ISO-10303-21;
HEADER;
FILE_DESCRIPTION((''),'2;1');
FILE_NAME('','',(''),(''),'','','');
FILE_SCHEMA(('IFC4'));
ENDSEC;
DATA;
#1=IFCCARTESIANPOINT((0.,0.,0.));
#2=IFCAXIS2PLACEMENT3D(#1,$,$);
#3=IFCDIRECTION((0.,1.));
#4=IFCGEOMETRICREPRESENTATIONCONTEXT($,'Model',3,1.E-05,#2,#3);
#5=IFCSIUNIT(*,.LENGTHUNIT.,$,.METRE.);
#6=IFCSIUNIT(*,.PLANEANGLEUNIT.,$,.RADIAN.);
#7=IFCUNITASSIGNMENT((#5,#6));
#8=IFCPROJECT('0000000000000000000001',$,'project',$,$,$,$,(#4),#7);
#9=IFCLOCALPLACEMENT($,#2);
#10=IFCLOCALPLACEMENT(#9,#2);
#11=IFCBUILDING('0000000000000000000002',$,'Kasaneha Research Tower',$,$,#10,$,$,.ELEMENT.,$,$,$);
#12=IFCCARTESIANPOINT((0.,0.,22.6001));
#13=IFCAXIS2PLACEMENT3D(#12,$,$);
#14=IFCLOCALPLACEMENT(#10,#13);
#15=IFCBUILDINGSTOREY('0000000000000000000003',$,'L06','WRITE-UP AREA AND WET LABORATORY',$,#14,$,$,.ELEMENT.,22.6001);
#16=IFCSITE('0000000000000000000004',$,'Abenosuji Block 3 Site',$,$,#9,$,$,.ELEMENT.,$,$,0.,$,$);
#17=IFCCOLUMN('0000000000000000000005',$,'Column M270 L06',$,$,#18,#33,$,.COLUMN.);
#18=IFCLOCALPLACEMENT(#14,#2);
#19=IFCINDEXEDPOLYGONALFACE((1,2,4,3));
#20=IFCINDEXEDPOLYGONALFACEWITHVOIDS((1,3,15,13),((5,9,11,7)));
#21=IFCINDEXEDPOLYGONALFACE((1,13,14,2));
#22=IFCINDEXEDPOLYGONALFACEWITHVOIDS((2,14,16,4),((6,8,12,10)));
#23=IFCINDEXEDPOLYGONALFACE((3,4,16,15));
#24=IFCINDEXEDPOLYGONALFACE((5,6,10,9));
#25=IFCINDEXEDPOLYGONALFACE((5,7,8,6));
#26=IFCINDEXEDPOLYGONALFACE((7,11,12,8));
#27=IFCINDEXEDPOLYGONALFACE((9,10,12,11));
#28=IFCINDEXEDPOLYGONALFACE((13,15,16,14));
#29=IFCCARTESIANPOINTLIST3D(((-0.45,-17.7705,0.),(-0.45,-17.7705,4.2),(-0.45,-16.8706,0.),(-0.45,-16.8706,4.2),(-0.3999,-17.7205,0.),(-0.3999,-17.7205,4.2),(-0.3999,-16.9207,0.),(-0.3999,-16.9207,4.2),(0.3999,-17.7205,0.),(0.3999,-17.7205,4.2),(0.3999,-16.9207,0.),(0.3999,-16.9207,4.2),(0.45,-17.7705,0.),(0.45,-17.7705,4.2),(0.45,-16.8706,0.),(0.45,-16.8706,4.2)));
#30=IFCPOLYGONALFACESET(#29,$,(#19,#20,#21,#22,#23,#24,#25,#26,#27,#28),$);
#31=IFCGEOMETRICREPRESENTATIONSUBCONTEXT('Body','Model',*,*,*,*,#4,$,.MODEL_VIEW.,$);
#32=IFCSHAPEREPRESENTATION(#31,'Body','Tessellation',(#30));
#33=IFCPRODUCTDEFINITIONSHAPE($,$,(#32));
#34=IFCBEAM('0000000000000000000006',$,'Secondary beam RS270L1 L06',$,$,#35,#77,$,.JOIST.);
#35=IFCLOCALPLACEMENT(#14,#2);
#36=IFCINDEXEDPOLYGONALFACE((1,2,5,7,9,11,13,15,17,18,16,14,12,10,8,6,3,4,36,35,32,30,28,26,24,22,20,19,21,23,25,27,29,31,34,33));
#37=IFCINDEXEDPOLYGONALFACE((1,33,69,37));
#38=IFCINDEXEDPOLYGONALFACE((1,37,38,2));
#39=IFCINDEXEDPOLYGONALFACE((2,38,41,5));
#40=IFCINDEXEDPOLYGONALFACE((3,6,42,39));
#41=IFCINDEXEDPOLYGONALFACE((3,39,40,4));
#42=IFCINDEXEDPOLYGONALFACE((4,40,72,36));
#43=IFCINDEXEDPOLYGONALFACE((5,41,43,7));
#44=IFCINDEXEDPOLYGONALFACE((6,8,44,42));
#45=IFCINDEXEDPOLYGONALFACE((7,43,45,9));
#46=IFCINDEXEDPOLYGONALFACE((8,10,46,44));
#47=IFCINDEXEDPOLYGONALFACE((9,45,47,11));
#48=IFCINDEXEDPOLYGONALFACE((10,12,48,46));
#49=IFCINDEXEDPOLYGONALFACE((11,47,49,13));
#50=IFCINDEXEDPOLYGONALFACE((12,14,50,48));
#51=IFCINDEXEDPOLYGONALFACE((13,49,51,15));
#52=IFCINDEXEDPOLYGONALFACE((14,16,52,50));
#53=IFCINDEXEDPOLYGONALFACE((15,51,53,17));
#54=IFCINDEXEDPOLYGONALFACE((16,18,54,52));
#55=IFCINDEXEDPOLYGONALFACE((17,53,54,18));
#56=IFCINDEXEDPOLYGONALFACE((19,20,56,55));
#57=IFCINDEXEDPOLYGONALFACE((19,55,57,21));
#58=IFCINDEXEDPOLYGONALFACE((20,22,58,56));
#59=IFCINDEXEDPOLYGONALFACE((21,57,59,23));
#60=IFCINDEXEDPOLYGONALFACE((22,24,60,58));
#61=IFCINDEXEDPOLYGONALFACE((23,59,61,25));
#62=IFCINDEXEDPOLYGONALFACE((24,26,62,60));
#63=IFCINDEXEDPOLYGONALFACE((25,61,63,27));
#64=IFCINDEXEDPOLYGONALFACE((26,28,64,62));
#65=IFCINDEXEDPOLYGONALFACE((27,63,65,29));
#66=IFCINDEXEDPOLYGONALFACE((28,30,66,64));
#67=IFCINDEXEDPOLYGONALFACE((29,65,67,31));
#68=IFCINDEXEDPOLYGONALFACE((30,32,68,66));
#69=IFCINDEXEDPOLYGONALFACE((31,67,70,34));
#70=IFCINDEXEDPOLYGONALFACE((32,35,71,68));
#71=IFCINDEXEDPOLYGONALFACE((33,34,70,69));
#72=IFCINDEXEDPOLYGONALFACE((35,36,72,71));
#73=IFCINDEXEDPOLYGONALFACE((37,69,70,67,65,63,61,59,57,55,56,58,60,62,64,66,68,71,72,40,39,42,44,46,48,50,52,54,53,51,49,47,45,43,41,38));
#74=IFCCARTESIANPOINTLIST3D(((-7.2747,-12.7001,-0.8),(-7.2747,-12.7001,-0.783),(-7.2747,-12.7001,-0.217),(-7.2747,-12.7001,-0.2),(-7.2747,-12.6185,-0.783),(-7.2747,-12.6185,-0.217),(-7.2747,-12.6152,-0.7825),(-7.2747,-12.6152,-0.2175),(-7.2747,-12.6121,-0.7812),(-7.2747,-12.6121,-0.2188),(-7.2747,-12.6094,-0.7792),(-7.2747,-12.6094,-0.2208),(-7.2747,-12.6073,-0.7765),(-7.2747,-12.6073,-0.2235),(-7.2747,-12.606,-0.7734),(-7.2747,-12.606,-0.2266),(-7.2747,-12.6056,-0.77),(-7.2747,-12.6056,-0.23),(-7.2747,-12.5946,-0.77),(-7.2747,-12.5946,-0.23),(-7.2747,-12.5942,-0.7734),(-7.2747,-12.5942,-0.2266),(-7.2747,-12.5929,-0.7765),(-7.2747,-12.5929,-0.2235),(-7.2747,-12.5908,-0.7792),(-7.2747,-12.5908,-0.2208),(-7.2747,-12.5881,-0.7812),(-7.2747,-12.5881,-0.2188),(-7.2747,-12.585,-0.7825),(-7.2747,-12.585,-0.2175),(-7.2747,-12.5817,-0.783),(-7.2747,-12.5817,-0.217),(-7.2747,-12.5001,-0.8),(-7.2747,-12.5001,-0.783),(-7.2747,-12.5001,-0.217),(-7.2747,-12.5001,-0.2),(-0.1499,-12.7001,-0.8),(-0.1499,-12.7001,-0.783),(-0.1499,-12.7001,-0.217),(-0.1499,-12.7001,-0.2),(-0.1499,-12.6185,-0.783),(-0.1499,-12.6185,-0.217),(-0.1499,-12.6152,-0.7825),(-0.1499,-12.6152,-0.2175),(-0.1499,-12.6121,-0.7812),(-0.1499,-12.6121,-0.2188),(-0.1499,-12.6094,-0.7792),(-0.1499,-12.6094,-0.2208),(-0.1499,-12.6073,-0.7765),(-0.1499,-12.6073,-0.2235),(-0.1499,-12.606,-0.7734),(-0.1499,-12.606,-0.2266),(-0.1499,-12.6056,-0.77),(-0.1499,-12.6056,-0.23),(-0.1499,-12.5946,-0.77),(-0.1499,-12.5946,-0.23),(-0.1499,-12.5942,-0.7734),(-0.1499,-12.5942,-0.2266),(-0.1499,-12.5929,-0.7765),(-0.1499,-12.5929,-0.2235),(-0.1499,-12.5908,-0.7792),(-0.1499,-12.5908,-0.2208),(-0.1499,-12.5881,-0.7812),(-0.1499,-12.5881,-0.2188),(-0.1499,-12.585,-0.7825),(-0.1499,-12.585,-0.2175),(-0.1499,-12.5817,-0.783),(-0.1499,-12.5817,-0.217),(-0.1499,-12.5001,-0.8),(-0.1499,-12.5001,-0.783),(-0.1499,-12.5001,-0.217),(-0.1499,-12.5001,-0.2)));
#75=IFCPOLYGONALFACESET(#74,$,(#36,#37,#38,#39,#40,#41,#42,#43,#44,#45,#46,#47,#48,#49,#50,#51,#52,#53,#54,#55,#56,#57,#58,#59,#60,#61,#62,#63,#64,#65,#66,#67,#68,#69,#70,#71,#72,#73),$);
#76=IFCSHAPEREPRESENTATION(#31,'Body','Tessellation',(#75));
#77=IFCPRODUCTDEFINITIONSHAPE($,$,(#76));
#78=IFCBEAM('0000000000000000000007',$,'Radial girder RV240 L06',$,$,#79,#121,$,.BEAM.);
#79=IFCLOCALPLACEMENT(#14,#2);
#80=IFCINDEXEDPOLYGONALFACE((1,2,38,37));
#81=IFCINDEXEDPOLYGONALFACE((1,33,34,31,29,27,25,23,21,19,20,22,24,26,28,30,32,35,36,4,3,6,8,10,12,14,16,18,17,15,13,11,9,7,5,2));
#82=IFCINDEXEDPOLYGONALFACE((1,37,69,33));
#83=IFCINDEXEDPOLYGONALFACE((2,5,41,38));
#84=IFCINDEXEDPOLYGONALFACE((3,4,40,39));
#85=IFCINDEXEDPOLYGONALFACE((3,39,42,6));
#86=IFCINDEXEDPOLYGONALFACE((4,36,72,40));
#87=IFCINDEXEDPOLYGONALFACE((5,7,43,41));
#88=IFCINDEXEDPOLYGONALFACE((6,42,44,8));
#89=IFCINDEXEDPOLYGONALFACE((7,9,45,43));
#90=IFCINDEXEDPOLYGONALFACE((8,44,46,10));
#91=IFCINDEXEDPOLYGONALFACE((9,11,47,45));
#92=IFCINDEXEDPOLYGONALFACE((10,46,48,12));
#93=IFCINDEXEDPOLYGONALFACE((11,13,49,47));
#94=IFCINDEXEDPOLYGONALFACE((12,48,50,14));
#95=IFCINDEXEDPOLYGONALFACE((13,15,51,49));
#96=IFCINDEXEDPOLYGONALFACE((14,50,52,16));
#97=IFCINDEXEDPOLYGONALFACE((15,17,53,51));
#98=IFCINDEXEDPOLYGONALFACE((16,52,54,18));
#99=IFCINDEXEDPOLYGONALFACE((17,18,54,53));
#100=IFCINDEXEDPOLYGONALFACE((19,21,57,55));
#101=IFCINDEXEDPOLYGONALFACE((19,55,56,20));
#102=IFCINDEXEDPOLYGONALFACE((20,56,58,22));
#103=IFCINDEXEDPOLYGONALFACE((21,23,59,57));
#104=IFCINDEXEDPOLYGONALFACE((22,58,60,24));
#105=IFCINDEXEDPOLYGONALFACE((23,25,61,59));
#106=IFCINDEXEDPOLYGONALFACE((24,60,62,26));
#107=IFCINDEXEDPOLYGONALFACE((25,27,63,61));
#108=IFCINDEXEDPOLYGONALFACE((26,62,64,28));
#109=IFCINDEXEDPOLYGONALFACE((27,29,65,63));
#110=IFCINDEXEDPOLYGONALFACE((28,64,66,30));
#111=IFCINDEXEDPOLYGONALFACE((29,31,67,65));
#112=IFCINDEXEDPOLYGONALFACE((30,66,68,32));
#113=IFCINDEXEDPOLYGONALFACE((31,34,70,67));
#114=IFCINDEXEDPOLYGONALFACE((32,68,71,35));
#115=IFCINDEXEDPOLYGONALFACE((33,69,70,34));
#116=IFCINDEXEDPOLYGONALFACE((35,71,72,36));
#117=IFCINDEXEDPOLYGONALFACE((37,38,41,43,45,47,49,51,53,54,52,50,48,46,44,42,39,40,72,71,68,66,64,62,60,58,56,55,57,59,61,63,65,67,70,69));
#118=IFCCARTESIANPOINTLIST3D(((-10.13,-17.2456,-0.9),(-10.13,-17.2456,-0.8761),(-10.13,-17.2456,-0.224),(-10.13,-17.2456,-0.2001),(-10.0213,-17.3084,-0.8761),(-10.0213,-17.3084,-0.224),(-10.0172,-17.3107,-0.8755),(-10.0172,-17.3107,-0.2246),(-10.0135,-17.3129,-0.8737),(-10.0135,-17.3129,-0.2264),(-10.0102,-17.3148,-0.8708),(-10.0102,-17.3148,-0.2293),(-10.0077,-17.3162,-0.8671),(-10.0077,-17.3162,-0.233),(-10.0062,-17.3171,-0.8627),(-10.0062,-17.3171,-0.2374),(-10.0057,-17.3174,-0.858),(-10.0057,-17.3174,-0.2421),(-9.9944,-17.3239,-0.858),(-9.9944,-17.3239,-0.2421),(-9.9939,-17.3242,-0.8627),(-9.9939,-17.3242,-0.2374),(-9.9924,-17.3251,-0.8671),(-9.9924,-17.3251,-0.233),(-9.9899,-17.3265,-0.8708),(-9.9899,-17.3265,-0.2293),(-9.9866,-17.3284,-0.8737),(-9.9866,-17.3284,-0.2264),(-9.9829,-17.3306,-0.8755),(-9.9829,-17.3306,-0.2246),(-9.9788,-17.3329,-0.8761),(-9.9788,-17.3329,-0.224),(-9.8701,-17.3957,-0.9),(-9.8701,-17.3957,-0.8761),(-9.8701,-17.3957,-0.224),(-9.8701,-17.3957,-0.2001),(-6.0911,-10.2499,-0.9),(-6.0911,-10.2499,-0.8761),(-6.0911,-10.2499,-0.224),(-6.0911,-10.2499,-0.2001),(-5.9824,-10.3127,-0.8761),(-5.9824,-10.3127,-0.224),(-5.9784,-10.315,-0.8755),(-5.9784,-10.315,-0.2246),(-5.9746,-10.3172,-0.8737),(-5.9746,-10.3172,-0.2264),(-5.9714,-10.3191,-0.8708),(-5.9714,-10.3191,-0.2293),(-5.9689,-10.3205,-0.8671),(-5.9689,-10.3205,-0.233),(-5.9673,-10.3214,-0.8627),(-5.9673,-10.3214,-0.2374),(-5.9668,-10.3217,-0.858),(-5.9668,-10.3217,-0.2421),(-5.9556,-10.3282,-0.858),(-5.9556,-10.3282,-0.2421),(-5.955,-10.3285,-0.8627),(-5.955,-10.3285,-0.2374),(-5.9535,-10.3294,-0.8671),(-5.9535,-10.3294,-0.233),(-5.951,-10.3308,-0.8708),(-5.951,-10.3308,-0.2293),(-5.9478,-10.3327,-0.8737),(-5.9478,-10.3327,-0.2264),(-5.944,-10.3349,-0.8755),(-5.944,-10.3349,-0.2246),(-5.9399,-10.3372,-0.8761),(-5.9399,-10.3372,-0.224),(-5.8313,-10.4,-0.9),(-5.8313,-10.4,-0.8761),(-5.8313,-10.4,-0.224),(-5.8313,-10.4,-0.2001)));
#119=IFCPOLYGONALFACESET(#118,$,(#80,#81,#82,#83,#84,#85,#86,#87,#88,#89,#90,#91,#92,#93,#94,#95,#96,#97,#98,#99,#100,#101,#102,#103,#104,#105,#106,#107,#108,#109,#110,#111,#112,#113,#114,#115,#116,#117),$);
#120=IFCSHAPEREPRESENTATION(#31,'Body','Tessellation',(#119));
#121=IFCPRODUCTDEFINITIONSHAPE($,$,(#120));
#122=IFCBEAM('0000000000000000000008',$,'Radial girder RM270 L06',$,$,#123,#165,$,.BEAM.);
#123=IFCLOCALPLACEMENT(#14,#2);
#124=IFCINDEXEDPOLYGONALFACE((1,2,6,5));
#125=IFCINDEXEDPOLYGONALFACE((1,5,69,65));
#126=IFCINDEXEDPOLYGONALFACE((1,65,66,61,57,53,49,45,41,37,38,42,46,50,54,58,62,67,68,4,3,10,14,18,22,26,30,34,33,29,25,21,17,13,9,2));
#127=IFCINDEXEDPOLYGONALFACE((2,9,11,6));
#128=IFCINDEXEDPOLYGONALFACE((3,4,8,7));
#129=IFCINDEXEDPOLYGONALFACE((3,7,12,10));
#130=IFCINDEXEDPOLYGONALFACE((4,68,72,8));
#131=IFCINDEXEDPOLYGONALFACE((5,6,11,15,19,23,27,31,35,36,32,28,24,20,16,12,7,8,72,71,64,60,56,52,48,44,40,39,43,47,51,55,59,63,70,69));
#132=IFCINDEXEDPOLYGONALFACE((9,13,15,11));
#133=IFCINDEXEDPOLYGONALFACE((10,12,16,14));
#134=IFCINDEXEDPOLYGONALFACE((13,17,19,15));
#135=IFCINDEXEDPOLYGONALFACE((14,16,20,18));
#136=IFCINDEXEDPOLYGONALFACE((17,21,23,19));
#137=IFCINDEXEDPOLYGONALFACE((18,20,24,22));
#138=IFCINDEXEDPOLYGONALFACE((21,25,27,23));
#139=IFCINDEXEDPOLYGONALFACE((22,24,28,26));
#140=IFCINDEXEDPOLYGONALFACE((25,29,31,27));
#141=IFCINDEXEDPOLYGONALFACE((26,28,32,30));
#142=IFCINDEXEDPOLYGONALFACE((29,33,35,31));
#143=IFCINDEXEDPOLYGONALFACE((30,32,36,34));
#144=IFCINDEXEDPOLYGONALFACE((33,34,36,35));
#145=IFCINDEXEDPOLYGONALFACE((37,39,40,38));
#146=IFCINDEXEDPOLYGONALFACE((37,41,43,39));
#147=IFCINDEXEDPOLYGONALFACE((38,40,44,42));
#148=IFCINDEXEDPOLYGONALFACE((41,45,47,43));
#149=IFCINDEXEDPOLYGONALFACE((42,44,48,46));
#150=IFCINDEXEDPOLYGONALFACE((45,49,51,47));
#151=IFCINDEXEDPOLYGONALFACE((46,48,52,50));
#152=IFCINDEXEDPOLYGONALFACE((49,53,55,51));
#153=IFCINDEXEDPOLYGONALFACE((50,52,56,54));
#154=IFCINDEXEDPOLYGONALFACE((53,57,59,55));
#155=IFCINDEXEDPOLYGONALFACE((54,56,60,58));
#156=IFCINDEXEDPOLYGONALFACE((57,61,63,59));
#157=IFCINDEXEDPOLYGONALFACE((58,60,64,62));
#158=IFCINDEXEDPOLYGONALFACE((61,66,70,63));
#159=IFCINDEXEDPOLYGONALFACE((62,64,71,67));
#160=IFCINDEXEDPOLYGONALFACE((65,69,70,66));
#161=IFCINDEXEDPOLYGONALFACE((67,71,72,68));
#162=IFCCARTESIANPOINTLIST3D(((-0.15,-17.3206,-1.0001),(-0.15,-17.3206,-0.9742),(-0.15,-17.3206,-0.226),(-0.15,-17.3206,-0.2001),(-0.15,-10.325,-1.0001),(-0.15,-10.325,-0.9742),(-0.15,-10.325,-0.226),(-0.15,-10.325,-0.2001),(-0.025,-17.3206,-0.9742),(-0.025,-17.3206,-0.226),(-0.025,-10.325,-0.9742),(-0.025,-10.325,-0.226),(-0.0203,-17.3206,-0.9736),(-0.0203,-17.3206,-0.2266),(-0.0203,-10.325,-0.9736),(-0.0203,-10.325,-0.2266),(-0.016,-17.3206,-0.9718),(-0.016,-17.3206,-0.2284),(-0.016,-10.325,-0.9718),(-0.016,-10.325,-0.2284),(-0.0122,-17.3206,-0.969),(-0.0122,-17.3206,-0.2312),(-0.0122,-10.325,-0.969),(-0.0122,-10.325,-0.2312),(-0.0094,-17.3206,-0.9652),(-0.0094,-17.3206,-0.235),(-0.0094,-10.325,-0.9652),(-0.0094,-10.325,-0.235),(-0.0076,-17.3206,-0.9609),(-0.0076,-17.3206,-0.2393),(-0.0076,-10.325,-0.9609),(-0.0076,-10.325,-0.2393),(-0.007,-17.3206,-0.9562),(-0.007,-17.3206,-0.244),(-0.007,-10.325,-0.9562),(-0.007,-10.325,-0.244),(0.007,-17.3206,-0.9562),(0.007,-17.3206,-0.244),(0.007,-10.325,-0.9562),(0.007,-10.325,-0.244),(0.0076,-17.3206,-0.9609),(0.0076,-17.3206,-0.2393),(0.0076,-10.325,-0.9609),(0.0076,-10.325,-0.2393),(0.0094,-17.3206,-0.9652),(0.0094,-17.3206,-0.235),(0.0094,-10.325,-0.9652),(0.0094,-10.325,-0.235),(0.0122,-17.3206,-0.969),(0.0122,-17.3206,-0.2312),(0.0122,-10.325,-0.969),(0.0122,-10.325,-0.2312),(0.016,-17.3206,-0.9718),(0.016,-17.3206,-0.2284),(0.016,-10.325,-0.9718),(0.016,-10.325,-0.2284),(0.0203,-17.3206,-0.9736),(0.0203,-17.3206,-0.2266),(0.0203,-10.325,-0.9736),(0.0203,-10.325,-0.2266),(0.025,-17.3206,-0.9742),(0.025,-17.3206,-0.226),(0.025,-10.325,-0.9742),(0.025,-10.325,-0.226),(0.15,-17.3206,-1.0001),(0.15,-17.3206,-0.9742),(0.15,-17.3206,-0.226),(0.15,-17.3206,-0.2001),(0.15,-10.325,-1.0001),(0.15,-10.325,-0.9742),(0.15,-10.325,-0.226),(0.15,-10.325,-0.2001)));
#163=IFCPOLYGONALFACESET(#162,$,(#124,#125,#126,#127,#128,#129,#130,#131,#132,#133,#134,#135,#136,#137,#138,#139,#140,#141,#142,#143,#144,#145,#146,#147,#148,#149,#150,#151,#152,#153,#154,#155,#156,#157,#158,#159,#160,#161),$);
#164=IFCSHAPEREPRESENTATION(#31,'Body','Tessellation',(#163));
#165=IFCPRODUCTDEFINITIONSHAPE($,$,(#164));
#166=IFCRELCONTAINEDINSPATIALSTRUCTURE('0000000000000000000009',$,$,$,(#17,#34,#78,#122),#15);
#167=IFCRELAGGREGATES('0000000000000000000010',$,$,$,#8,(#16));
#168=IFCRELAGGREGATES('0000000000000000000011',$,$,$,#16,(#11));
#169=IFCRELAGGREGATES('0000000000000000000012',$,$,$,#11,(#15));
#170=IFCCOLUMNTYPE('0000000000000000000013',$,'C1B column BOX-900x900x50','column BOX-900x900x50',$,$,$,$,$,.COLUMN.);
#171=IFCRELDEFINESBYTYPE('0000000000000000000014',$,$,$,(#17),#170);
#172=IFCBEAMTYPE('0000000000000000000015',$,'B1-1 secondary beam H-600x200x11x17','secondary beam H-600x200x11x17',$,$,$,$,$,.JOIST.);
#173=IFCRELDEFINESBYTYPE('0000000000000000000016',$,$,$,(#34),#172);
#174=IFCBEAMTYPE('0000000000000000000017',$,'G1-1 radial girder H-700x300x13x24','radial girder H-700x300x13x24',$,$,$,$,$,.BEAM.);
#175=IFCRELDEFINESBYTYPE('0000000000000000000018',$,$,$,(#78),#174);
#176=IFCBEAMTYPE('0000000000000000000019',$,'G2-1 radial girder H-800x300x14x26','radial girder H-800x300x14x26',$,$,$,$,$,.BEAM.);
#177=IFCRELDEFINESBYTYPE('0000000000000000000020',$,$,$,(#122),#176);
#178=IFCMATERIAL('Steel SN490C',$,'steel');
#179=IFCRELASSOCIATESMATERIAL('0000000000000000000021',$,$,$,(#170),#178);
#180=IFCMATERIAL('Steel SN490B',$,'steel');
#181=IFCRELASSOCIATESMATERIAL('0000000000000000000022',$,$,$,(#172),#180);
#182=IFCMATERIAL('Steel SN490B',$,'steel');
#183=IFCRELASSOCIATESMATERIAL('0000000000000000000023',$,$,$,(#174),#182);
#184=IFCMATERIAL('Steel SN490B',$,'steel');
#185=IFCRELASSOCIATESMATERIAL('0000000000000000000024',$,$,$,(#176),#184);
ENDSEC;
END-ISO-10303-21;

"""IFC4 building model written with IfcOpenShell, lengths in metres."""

from ifc_helpers import new_model, si_unit, direction, frame, origin, origin_2d, place, context, subcontext, project, spatial, hollow_rectangle, i_section, extrude, material, material_profile, profile_set, type_object, element, save


model = new_model("IFC4")

# Units and contexts
model_context = context("Model", 3, precision=1e-05, world=origin(), true_north=direction((0.0, 1.0)))
body_context = subcontext(model_context, "Body", "Model", "MODEL_VIEW")
ifc_project = project(units=[si_unit("LENGTHUNIT", "METRE"), si_unit("PLANEANGLEUNIT", "RADIAN")], contexts=[model_context])

# Site, building, storey
site_placement = place(None, origin())
site = spatial("IfcSite", under=ifc_project, at=site_placement, Name="Abenosuji Block 3 Site", CompositionType="ELEMENT", RefElevation=0.0)
building_placement = place(site_placement, origin())
building = spatial("IfcBuilding", under=site, at=building_placement, Name="Kasaneha Research Tower", CompositionType="ELEMENT")
storey_placement = place(building_placement, frame((0.0, 0.0, 22.6001)))
storey = spatial("IfcBuildingStorey", under=building, at=storey_placement, Name="L06", Description="WRITE-UP AREA AND WET LABORATORY", CompositionType="ELEMENT", Elevation=22.6001)

# Column
ifc_material_1 = material(Name="Steel SN490C", Category="steel")
ifc_material_profile_1 = material_profile(ifc_material_1, hollow_rectangle(XDim=0.8999, YDim=0.8999, WallThickness=0.05, at=origin_2d()), Name="BOX-900x900x50")
ifc_profile_set_1 = profile_set([ifc_material_profile_1], Name="Steel SN490C")
column_type = type_object("IfcColumnType", Name="C1B column BOX-900x900x50", Description="column BOX-900x900x50", PredefinedType="COLUMN", material=ifc_profile_set_1)
column_placement = place(storey_placement, frame((0.0, -17.3206, 0.0), z_axis=(0.0, 0.0, 1.0), x_axis=(1.0, 0.0, 0.0)))
element("IfcColumn", 1, at=column_placement, inside=storey, type_object=column_type, Name="Column M270 L06", PredefinedType="COLUMN", context=body_context, shape_type="SweptSolid", body=[
    extrude(hollow_rectangle(XDim=0.8999, YDim=0.8999, WallThickness=0.05, at=origin_2d()), origin(), (0.0, 0.0, 1.0), 4.2),
])

# Beams
ifc_material_2 = material(Name="Steel SN490B", Category="steel")
ifc_material_profile_2 = material_profile(ifc_material_2, i_section(OverallWidth=0.2, OverallDepth=0.6001, WebThickness=0.011, FlangeThickness=0.0171, FilletRadius=0.0129, at=origin_2d()), Name="H-600x200x11x17")
ifc_profile_set_2 = profile_set([ifc_material_profile_2], Name="Steel SN490B")
beam_type_1 = type_object("IfcBeamType", Name="B1-1 secondary beam H-600x200x11x17", Description="secondary beam H-600x200x11x17", PredefinedType="JOIST", material=ifc_profile_set_2)
beam_1_placement = place(storey_placement, frame((-7.2747, -12.6001, -0.5), z_axis=(1.0, 0.0, 0.0), x_axis=(0.0, 1.0, 0.0)))
element("IfcBeam", 2, at=beam_1_placement, inside=storey, type_object=beam_type_1, Name="Secondary beam RS270L1 L06", PredefinedType="JOIST", context=body_context, shape_type="SweptSolid", body=[
    extrude(i_section(OverallWidth=0.2, OverallDepth=0.6001, WebThickness=0.011, FlangeThickness=0.0171, FilletRadius=0.0129, at=origin_2d()), origin(), (0.0, 0.0, 1.0), 7.1248),
])
ifc_material_3 = material(Name="Steel SN490B", Category="steel")
ifc_material_profile_3 = material_profile(ifc_material_3, i_section(OverallWidth=0.3, OverallDepth=0.7, WebThickness=0.0129, FlangeThickness=0.0239, FilletRadius=0.0181, at=origin_2d()), Name="H-700x300x13x24")
ifc_profile_set_3 = profile_set([ifc_material_profile_3], Name="Steel SN490B")
beam_type_2 = type_object("IfcBeamType", Name="G1-1 radial girder H-700x300x13x24", Description="radial girder H-700x300x13x24", PredefinedType="BEAM", material=ifc_profile_set_3)
beam_2_placement = place(storey_placement, frame((-5.9612, -10.325, -0.55), z_axis=(-0.499991, -0.866031, 0.0), x_axis=(0.866031, -0.499991, 0.0)))
element("IfcBeam", 3, at=beam_2_placement, inside=storey, type_object=beam_type_2, Name="Radial girder RV240 L06", PredefinedType="BEAM", context=body_context, shape_type="SweptSolid", body=[
    extrude(i_section(OverallWidth=0.3, OverallDepth=0.7, WebThickness=0.0129, FlangeThickness=0.0239, FilletRadius=0.0181, at=origin_2d()), origin(), (0.0, 0.0, 1.0), 8.0779),
])
ifc_material_4 = material(Name="Steel SN490B", Category="steel")
ifc_material_profile_4 = material_profile(ifc_material_4, i_section(OverallWidth=0.3, OverallDepth=0.8, WebThickness=0.0139, FlangeThickness=0.0259, FilletRadius=0.0181, at=origin_2d()), Name="H-800x300x14x26")
ifc_profile_set_4 = profile_set([ifc_material_profile_4], Name="Steel SN490B")
beam_type_3 = type_object("IfcBeamType", Name="G2-1 radial girder H-800x300x14x26", Description="radial girder H-800x300x14x26", PredefinedType="BEAM", material=ifc_profile_set_4)
beam_3_placement = place(storey_placement, frame((0.0, -10.325, -0.6001), z_axis=(0.0, -1.0, 0.0), x_axis=(1.0, 0.0, 0.0)))
element("IfcBeam", 4, at=beam_3_placement, inside=storey, type_object=beam_type_3, Name="Radial girder RM270 L06", PredefinedType="BEAM", context=body_context, shape_type="SweptSolid", body=[
    extrude(i_section(OverallWidth=0.3, OverallDepth=0.8, WebThickness=0.0139, FlangeThickness=0.0259, FilletRadius=0.0181, at=origin_2d()), origin(), (0.0, 0.0, 1.0), 6.9956),
])

save(model, "model.ifc")
